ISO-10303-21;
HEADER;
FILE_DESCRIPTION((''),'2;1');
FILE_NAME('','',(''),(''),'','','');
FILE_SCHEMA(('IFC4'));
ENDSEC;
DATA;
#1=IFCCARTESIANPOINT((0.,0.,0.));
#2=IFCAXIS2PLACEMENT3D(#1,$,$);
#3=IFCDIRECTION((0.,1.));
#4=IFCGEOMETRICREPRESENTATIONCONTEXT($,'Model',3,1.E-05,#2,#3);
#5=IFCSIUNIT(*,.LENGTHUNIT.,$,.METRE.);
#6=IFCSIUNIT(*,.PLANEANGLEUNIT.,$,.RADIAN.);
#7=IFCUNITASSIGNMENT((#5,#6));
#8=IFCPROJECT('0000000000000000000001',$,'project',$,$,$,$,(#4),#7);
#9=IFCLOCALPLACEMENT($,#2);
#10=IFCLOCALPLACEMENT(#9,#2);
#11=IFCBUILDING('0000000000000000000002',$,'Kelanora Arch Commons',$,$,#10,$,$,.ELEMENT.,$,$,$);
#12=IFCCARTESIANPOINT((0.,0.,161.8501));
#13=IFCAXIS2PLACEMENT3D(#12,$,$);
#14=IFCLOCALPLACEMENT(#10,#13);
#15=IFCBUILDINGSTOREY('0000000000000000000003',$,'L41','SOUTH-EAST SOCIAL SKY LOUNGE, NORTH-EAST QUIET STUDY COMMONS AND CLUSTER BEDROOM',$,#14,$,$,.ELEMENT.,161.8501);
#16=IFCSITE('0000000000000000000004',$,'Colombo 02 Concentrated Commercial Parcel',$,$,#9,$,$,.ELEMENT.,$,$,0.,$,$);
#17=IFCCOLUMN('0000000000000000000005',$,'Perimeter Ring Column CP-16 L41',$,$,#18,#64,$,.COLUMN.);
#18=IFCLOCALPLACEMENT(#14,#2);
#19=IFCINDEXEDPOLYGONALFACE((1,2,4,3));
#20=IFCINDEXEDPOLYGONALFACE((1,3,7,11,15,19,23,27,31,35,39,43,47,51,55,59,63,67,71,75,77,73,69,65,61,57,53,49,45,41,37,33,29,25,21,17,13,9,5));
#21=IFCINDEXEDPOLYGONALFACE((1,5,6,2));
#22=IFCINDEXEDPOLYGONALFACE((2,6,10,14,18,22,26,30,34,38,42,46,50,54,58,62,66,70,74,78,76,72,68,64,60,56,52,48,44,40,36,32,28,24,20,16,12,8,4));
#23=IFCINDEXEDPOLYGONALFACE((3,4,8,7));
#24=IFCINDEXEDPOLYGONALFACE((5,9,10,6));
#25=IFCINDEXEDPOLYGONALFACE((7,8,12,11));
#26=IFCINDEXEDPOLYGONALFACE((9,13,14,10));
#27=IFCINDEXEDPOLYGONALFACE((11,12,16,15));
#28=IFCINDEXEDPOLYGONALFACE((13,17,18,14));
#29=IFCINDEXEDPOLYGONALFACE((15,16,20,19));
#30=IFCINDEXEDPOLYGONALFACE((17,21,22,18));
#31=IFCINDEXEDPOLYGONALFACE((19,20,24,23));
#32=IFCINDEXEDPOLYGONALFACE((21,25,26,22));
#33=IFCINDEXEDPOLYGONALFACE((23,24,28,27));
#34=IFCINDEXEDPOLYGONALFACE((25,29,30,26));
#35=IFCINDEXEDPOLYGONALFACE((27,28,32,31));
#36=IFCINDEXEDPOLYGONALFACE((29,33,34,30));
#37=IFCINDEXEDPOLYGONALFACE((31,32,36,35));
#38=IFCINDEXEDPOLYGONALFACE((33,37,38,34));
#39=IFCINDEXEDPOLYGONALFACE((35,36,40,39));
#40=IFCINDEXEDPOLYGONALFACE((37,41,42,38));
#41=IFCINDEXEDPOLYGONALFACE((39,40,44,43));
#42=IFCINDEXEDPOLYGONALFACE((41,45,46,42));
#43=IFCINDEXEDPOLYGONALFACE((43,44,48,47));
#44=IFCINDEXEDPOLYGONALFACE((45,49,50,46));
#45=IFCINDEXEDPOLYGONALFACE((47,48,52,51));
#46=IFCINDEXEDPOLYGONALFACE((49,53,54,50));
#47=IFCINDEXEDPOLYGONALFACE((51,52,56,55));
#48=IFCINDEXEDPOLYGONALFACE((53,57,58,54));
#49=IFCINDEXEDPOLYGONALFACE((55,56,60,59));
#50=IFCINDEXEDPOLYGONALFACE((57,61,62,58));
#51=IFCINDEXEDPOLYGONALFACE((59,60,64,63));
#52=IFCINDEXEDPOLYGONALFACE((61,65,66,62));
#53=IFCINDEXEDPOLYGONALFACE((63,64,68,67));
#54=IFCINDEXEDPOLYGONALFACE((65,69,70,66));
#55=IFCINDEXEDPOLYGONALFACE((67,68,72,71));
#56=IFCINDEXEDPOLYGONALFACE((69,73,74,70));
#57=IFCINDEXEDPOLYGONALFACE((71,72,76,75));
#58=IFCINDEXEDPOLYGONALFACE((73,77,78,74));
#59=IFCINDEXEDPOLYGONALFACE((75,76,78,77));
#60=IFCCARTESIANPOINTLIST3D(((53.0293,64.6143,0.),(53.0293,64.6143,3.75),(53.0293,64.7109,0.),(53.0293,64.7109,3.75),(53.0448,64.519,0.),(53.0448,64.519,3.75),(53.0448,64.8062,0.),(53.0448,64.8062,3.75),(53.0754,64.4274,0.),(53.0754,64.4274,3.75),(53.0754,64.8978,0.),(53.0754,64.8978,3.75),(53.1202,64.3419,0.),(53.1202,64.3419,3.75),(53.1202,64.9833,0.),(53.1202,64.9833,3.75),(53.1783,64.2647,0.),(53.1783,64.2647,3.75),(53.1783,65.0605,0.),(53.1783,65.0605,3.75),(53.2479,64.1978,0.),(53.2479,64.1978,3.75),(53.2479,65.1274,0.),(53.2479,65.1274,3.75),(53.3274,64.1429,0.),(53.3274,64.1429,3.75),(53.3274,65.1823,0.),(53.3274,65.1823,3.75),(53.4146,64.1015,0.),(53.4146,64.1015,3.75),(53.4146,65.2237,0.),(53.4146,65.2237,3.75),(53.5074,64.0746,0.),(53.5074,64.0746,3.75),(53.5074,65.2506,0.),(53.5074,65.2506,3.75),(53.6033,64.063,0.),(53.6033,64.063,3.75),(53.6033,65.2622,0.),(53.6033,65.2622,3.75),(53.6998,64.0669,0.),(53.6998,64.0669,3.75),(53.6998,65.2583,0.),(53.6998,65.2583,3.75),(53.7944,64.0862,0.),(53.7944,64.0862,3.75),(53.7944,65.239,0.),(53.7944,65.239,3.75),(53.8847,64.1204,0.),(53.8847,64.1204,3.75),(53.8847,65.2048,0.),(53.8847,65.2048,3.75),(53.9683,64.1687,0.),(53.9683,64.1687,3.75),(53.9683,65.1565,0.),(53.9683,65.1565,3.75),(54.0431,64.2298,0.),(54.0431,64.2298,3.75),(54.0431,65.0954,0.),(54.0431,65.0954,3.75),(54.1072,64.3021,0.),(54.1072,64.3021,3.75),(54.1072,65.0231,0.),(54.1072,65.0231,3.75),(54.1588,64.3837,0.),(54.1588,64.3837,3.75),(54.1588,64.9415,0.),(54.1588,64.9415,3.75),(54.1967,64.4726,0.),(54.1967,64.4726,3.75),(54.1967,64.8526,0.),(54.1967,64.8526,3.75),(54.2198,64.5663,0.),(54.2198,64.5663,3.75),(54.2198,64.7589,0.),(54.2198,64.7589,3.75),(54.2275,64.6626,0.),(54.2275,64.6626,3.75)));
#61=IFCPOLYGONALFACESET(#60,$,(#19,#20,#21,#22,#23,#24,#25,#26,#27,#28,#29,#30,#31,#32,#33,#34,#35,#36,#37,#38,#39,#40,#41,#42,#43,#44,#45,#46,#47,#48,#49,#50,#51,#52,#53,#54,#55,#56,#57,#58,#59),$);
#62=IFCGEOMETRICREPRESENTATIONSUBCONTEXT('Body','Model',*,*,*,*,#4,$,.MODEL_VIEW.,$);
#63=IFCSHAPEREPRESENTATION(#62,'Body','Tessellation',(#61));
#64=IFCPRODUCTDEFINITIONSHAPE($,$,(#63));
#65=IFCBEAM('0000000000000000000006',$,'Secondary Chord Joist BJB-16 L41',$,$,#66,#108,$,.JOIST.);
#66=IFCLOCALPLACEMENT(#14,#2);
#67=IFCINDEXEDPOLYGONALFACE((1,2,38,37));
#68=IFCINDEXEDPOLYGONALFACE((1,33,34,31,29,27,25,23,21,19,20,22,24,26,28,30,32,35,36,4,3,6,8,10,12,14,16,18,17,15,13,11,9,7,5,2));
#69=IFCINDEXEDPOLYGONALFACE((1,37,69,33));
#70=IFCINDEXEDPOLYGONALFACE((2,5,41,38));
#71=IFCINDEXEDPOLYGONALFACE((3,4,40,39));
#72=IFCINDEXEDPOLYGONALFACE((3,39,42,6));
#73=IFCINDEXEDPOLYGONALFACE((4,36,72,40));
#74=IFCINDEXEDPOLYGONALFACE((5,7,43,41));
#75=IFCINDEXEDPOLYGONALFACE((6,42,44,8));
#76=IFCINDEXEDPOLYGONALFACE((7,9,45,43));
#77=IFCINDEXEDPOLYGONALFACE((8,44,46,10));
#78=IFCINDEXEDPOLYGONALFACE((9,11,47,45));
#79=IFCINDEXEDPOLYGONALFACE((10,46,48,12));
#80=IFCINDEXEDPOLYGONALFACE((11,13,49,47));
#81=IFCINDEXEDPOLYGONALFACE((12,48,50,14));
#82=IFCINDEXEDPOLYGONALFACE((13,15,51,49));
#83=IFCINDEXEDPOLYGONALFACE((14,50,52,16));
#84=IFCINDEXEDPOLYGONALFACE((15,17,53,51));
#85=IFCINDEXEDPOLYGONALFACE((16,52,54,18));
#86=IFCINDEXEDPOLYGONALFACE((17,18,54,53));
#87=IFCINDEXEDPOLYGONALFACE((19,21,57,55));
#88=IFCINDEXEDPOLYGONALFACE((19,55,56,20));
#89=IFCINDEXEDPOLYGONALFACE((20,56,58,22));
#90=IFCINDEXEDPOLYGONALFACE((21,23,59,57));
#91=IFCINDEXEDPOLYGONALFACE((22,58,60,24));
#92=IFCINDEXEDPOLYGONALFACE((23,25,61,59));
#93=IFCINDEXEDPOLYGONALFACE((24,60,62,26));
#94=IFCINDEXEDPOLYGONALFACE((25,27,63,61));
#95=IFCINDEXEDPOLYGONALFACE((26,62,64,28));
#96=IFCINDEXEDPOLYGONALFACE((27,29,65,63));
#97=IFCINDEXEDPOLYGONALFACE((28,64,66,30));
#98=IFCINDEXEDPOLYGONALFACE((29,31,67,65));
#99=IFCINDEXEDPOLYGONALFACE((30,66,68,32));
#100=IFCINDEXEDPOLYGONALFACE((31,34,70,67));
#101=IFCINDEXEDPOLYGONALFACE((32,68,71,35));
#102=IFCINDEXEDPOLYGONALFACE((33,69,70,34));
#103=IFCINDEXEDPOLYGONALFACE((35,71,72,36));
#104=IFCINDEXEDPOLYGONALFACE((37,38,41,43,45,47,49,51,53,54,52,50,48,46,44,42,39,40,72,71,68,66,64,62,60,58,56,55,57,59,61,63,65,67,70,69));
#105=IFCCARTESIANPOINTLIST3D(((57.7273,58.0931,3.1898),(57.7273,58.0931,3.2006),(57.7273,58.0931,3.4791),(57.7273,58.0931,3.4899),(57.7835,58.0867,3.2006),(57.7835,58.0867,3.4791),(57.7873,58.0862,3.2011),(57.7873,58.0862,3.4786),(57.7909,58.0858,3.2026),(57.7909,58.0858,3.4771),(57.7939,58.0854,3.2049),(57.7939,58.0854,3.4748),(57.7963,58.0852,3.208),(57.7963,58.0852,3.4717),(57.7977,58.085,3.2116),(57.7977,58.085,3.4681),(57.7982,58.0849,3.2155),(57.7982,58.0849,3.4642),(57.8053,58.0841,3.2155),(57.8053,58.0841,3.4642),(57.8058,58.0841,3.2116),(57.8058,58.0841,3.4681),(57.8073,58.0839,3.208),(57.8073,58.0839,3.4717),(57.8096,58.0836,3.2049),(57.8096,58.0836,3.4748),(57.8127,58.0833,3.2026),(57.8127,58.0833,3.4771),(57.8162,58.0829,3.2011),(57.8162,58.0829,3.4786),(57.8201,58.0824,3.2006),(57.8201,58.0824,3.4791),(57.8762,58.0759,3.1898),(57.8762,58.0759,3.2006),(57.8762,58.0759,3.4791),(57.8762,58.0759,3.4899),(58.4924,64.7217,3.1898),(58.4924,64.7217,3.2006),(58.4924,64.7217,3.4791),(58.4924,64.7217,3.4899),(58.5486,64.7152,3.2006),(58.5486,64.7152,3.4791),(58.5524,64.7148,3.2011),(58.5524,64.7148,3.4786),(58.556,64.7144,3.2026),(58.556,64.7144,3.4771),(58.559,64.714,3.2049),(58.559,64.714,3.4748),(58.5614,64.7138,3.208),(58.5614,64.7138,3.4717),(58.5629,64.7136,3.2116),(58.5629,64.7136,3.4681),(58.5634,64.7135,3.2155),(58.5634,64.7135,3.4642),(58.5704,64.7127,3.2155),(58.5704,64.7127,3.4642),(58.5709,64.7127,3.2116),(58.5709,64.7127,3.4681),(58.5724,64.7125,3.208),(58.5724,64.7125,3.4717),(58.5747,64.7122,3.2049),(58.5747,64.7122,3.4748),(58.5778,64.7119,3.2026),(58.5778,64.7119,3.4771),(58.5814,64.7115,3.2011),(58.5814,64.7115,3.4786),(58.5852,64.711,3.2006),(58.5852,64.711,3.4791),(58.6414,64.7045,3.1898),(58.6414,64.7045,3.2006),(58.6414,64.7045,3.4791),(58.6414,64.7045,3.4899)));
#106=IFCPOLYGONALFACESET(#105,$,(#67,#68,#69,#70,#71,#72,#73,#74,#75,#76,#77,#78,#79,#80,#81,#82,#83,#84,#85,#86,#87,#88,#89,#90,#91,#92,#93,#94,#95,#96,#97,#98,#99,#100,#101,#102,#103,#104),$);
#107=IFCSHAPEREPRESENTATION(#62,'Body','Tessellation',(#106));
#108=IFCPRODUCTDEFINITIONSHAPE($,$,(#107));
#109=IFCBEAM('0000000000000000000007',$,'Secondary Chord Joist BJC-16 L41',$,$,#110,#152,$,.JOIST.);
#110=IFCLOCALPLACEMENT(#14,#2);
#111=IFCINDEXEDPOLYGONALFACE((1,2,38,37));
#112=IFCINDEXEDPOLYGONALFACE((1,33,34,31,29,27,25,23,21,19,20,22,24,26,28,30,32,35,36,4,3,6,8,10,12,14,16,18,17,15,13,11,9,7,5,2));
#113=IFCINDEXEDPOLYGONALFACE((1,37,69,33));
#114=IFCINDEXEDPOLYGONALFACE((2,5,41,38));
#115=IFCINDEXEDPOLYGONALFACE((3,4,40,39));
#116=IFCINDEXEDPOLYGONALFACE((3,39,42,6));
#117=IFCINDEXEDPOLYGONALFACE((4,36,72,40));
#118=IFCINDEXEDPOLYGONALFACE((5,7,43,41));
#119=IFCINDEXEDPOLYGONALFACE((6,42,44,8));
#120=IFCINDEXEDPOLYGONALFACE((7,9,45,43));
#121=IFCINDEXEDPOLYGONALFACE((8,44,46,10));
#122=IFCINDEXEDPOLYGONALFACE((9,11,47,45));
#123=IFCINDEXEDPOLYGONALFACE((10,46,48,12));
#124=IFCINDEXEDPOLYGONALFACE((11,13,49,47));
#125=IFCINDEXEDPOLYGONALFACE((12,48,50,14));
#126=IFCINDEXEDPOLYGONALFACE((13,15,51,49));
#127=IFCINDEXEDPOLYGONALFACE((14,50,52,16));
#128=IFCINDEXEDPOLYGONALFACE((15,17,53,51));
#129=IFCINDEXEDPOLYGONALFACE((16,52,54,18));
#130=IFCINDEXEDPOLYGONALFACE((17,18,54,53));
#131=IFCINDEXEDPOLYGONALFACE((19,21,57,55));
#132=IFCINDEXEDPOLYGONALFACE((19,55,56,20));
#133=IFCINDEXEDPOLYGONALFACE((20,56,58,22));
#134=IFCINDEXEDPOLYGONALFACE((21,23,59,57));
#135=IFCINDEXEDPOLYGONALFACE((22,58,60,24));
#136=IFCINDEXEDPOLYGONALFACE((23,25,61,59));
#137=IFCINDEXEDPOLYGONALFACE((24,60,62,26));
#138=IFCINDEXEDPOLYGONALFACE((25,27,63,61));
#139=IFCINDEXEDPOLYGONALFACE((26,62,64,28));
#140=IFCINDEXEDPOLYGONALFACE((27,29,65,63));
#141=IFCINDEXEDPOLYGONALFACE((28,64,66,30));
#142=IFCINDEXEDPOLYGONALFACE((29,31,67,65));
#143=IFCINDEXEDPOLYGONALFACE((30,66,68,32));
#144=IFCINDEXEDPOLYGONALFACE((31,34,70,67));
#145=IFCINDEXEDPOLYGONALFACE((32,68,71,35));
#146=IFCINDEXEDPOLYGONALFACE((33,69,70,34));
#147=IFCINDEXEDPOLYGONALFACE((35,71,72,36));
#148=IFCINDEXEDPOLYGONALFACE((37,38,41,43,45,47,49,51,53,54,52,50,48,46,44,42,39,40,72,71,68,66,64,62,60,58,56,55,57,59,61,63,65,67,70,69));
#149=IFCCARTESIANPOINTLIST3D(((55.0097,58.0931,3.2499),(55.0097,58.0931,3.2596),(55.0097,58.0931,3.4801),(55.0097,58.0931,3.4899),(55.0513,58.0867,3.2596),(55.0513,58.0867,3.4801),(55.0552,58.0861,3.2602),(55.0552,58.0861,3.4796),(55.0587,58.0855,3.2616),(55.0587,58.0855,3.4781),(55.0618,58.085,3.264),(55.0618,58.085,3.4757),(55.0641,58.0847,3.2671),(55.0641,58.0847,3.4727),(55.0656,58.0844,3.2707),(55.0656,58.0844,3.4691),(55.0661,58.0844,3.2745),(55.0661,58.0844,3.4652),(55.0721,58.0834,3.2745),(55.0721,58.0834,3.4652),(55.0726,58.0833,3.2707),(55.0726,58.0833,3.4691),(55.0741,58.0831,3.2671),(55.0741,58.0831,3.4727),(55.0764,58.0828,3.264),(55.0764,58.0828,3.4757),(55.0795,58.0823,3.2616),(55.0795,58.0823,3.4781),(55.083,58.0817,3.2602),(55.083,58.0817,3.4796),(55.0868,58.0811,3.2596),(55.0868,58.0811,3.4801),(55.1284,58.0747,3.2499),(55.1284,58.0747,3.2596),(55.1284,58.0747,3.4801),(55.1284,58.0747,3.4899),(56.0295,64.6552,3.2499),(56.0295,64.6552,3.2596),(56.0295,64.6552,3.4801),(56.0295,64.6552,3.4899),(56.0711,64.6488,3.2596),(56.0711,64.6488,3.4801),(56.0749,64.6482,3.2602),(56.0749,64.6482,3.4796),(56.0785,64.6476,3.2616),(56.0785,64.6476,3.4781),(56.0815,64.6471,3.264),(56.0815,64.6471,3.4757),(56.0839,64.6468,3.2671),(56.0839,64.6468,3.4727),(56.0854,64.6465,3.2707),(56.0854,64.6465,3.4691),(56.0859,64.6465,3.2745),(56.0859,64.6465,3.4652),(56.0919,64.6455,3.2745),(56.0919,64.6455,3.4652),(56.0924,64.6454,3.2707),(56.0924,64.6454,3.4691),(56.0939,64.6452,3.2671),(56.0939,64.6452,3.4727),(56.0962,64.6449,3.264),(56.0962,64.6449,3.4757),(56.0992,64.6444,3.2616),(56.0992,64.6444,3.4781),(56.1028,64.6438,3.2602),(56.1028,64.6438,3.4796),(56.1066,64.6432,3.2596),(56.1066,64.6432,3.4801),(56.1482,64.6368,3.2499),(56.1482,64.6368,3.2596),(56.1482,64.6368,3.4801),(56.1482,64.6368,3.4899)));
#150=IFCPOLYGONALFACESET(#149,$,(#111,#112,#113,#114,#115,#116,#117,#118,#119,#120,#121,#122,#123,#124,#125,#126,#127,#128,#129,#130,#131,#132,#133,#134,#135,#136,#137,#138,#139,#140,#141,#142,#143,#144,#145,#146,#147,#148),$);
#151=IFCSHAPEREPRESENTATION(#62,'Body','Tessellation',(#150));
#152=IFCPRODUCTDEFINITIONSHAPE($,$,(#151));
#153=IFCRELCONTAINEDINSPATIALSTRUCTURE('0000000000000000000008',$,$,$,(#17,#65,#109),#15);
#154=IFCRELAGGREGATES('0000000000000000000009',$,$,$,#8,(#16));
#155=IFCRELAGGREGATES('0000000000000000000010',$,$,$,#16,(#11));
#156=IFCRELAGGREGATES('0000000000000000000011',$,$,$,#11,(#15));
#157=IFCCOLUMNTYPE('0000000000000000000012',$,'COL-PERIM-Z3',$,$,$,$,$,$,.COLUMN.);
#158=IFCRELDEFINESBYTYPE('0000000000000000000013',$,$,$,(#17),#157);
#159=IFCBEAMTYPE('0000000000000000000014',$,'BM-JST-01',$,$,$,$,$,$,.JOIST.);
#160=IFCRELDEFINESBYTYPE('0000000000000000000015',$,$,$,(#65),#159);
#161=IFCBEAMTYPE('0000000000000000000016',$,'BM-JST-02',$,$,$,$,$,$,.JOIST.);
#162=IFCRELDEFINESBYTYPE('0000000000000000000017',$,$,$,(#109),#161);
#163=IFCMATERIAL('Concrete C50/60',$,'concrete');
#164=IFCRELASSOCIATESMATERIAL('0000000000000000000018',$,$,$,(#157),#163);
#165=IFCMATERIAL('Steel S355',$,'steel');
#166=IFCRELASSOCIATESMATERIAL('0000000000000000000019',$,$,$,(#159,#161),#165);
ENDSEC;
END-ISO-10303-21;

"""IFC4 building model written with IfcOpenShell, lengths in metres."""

from ifc_helpers import new_model, si_unit, direction, frame, origin, origin_2d, place, context, subcontext, project, spatial, circle, i_section, extrude, material, material_profile, profile_set, type_object, element, save


model = new_model("IFC4")

# Units and contexts
model_context = context("Model", 3, precision=1e-05, world=origin(), true_north=direction((0.0, 1.0)))
body_context = subcontext(model_context, "Body", "Model", "MODEL_VIEW")
ifc_project = project(units=[si_unit("LENGTHUNIT", "METRE"), si_unit("PLANEANGLEUNIT", "RADIAN")], contexts=[model_context])

# Site, building, storey
site_placement = place(None, origin())
site = spatial("IfcSite", under=ifc_project, at=site_placement, Name="Colombo 02 Concentrated Commercial Parcel", CompositionType="ELEMENT", RefElevation=0.0)
building_placement = place(site_placement, origin())
building = spatial("IfcBuilding", under=site, at=building_placement, Name="Kelanora Arch Commons", CompositionType="ELEMENT")
storey_placement = place(building_placement, frame((0.0, 0.0, 161.8501)))
storey = spatial("IfcBuildingStorey", under=building, at=storey_placement, Name="L41", Description="SOUTH-EAST SOCIAL SKY LOUNGE, NORTH-EAST QUIET STUDY COMMONS AND CLUSTER BEDROOM", CompositionType="ELEMENT", Elevation=161.8501)

# Column
ifc_material_1 = material(Name="Concrete C50/60", Category="concrete")
ifc_material_profile_1 = material_profile(ifc_material_1, circle(Radius=0.6001, at=origin_2d()), Name="RCC1200")
ifc_profile_set_1 = profile_set([ifc_material_profile_1], Name="Concrete C50/60")
column_type = type_object("IfcColumnType", Name="COL-PERIM-Z3", PredefinedType="COLUMN", material=ifc_profile_set_1)
column_placement = place(storey_placement, frame((53.6274, 64.6626, 0.0), z_axis=(0.0, 0.0, 1.0), x_axis=(1.0, 0.0, 0.0)))
element("IfcColumn", 1, at=column_placement, inside=storey, type_object=column_type, Name="Perimeter Ring Column CP-16 L41", PredefinedType="COLUMN", context=body_context, shape_type="SweptSolid", body=[
    extrude(circle(Radius=0.6001, at=origin_2d()), origin(), (0.0, 0.0, 1.0), 3.75),
])

# Beams
ifc_material_2 = material(Name="Steel S355", Category="steel")
ifc_material_profile_2 = material_profile(ifc_material_2, i_section(OverallWidth=0.1499, OverallDepth=0.3, WebThickness=0.0071, FlangeThickness=0.0107, FilletRadius=0.0149, at=origin_2d()), Name="IPE300")
ifc_profile_set_2 = profile_set([ifc_material_profile_2], Name="Steel S355")
beam_type_1 = type_object("IfcBeamType", Name="BM-JST-01", PredefinedType="JOIST", material=ifc_profile_set_2)
beam_1_placement = place(storey_placement, frame((58.5669, 64.7131, 3.3398), z_axis=(-0.114667, -0.993404, 0.0), x_axis=(0.993404, -0.114667, 0.0)))
element("IfcBeam", 2, at=beam_1_placement, inside=storey, type_object=beam_type_1, Name="Secondary Chord Joist BJB-16 L41", PredefinedType="JOIST", context=body_context, shape_type="SweptSolid", body=[
    extrude(i_section(OverallWidth=0.1499, OverallDepth=0.3, WebThickness=0.0071, FlangeThickness=0.0107, FilletRadius=0.0149, at=origin_2d()), origin(), (0.0, 0.0, 1.0), 6.6726),
])
ifc_material_profile_3 = material_profile(ifc_material_2, i_section(OverallWidth=0.1201, OverallDepth=0.24, WebThickness=0.0061, FlangeThickness=0.0098, FilletRadius=0.0149, at=origin_2d()), Name="IPE240")
ifc_profile_set_3 = profile_set([ifc_material_profile_3], Name="Steel S355")
beam_type_2 = type_object("IfcBeamType", Name="BM-JST-02", PredefinedType="JOIST", material=ifc_profile_set_3)
beam_2_placement = place(storey_placement, frame((56.0889, 64.646, 3.3699), z_axis=(-0.153563, -0.988139, 0.0), x_axis=(0.988139, -0.153563, 0.0)))
element("IfcBeam", 3, at=beam_2_placement, inside=storey, type_object=beam_type_2, Name="Secondary Chord Joist BJC-16 L41", PredefinedType="JOIST", context=body_context, shape_type="SweptSolid", body=[
    extrude(i_section(OverallWidth=0.1201, OverallDepth=0.24, WebThickness=0.0061, FlangeThickness=0.0098, FilletRadius=0.0149, at=origin_2d()), origin(), (0.0, 0.0, 1.0), 6.6409),
])

save(model, "model.ifc")
